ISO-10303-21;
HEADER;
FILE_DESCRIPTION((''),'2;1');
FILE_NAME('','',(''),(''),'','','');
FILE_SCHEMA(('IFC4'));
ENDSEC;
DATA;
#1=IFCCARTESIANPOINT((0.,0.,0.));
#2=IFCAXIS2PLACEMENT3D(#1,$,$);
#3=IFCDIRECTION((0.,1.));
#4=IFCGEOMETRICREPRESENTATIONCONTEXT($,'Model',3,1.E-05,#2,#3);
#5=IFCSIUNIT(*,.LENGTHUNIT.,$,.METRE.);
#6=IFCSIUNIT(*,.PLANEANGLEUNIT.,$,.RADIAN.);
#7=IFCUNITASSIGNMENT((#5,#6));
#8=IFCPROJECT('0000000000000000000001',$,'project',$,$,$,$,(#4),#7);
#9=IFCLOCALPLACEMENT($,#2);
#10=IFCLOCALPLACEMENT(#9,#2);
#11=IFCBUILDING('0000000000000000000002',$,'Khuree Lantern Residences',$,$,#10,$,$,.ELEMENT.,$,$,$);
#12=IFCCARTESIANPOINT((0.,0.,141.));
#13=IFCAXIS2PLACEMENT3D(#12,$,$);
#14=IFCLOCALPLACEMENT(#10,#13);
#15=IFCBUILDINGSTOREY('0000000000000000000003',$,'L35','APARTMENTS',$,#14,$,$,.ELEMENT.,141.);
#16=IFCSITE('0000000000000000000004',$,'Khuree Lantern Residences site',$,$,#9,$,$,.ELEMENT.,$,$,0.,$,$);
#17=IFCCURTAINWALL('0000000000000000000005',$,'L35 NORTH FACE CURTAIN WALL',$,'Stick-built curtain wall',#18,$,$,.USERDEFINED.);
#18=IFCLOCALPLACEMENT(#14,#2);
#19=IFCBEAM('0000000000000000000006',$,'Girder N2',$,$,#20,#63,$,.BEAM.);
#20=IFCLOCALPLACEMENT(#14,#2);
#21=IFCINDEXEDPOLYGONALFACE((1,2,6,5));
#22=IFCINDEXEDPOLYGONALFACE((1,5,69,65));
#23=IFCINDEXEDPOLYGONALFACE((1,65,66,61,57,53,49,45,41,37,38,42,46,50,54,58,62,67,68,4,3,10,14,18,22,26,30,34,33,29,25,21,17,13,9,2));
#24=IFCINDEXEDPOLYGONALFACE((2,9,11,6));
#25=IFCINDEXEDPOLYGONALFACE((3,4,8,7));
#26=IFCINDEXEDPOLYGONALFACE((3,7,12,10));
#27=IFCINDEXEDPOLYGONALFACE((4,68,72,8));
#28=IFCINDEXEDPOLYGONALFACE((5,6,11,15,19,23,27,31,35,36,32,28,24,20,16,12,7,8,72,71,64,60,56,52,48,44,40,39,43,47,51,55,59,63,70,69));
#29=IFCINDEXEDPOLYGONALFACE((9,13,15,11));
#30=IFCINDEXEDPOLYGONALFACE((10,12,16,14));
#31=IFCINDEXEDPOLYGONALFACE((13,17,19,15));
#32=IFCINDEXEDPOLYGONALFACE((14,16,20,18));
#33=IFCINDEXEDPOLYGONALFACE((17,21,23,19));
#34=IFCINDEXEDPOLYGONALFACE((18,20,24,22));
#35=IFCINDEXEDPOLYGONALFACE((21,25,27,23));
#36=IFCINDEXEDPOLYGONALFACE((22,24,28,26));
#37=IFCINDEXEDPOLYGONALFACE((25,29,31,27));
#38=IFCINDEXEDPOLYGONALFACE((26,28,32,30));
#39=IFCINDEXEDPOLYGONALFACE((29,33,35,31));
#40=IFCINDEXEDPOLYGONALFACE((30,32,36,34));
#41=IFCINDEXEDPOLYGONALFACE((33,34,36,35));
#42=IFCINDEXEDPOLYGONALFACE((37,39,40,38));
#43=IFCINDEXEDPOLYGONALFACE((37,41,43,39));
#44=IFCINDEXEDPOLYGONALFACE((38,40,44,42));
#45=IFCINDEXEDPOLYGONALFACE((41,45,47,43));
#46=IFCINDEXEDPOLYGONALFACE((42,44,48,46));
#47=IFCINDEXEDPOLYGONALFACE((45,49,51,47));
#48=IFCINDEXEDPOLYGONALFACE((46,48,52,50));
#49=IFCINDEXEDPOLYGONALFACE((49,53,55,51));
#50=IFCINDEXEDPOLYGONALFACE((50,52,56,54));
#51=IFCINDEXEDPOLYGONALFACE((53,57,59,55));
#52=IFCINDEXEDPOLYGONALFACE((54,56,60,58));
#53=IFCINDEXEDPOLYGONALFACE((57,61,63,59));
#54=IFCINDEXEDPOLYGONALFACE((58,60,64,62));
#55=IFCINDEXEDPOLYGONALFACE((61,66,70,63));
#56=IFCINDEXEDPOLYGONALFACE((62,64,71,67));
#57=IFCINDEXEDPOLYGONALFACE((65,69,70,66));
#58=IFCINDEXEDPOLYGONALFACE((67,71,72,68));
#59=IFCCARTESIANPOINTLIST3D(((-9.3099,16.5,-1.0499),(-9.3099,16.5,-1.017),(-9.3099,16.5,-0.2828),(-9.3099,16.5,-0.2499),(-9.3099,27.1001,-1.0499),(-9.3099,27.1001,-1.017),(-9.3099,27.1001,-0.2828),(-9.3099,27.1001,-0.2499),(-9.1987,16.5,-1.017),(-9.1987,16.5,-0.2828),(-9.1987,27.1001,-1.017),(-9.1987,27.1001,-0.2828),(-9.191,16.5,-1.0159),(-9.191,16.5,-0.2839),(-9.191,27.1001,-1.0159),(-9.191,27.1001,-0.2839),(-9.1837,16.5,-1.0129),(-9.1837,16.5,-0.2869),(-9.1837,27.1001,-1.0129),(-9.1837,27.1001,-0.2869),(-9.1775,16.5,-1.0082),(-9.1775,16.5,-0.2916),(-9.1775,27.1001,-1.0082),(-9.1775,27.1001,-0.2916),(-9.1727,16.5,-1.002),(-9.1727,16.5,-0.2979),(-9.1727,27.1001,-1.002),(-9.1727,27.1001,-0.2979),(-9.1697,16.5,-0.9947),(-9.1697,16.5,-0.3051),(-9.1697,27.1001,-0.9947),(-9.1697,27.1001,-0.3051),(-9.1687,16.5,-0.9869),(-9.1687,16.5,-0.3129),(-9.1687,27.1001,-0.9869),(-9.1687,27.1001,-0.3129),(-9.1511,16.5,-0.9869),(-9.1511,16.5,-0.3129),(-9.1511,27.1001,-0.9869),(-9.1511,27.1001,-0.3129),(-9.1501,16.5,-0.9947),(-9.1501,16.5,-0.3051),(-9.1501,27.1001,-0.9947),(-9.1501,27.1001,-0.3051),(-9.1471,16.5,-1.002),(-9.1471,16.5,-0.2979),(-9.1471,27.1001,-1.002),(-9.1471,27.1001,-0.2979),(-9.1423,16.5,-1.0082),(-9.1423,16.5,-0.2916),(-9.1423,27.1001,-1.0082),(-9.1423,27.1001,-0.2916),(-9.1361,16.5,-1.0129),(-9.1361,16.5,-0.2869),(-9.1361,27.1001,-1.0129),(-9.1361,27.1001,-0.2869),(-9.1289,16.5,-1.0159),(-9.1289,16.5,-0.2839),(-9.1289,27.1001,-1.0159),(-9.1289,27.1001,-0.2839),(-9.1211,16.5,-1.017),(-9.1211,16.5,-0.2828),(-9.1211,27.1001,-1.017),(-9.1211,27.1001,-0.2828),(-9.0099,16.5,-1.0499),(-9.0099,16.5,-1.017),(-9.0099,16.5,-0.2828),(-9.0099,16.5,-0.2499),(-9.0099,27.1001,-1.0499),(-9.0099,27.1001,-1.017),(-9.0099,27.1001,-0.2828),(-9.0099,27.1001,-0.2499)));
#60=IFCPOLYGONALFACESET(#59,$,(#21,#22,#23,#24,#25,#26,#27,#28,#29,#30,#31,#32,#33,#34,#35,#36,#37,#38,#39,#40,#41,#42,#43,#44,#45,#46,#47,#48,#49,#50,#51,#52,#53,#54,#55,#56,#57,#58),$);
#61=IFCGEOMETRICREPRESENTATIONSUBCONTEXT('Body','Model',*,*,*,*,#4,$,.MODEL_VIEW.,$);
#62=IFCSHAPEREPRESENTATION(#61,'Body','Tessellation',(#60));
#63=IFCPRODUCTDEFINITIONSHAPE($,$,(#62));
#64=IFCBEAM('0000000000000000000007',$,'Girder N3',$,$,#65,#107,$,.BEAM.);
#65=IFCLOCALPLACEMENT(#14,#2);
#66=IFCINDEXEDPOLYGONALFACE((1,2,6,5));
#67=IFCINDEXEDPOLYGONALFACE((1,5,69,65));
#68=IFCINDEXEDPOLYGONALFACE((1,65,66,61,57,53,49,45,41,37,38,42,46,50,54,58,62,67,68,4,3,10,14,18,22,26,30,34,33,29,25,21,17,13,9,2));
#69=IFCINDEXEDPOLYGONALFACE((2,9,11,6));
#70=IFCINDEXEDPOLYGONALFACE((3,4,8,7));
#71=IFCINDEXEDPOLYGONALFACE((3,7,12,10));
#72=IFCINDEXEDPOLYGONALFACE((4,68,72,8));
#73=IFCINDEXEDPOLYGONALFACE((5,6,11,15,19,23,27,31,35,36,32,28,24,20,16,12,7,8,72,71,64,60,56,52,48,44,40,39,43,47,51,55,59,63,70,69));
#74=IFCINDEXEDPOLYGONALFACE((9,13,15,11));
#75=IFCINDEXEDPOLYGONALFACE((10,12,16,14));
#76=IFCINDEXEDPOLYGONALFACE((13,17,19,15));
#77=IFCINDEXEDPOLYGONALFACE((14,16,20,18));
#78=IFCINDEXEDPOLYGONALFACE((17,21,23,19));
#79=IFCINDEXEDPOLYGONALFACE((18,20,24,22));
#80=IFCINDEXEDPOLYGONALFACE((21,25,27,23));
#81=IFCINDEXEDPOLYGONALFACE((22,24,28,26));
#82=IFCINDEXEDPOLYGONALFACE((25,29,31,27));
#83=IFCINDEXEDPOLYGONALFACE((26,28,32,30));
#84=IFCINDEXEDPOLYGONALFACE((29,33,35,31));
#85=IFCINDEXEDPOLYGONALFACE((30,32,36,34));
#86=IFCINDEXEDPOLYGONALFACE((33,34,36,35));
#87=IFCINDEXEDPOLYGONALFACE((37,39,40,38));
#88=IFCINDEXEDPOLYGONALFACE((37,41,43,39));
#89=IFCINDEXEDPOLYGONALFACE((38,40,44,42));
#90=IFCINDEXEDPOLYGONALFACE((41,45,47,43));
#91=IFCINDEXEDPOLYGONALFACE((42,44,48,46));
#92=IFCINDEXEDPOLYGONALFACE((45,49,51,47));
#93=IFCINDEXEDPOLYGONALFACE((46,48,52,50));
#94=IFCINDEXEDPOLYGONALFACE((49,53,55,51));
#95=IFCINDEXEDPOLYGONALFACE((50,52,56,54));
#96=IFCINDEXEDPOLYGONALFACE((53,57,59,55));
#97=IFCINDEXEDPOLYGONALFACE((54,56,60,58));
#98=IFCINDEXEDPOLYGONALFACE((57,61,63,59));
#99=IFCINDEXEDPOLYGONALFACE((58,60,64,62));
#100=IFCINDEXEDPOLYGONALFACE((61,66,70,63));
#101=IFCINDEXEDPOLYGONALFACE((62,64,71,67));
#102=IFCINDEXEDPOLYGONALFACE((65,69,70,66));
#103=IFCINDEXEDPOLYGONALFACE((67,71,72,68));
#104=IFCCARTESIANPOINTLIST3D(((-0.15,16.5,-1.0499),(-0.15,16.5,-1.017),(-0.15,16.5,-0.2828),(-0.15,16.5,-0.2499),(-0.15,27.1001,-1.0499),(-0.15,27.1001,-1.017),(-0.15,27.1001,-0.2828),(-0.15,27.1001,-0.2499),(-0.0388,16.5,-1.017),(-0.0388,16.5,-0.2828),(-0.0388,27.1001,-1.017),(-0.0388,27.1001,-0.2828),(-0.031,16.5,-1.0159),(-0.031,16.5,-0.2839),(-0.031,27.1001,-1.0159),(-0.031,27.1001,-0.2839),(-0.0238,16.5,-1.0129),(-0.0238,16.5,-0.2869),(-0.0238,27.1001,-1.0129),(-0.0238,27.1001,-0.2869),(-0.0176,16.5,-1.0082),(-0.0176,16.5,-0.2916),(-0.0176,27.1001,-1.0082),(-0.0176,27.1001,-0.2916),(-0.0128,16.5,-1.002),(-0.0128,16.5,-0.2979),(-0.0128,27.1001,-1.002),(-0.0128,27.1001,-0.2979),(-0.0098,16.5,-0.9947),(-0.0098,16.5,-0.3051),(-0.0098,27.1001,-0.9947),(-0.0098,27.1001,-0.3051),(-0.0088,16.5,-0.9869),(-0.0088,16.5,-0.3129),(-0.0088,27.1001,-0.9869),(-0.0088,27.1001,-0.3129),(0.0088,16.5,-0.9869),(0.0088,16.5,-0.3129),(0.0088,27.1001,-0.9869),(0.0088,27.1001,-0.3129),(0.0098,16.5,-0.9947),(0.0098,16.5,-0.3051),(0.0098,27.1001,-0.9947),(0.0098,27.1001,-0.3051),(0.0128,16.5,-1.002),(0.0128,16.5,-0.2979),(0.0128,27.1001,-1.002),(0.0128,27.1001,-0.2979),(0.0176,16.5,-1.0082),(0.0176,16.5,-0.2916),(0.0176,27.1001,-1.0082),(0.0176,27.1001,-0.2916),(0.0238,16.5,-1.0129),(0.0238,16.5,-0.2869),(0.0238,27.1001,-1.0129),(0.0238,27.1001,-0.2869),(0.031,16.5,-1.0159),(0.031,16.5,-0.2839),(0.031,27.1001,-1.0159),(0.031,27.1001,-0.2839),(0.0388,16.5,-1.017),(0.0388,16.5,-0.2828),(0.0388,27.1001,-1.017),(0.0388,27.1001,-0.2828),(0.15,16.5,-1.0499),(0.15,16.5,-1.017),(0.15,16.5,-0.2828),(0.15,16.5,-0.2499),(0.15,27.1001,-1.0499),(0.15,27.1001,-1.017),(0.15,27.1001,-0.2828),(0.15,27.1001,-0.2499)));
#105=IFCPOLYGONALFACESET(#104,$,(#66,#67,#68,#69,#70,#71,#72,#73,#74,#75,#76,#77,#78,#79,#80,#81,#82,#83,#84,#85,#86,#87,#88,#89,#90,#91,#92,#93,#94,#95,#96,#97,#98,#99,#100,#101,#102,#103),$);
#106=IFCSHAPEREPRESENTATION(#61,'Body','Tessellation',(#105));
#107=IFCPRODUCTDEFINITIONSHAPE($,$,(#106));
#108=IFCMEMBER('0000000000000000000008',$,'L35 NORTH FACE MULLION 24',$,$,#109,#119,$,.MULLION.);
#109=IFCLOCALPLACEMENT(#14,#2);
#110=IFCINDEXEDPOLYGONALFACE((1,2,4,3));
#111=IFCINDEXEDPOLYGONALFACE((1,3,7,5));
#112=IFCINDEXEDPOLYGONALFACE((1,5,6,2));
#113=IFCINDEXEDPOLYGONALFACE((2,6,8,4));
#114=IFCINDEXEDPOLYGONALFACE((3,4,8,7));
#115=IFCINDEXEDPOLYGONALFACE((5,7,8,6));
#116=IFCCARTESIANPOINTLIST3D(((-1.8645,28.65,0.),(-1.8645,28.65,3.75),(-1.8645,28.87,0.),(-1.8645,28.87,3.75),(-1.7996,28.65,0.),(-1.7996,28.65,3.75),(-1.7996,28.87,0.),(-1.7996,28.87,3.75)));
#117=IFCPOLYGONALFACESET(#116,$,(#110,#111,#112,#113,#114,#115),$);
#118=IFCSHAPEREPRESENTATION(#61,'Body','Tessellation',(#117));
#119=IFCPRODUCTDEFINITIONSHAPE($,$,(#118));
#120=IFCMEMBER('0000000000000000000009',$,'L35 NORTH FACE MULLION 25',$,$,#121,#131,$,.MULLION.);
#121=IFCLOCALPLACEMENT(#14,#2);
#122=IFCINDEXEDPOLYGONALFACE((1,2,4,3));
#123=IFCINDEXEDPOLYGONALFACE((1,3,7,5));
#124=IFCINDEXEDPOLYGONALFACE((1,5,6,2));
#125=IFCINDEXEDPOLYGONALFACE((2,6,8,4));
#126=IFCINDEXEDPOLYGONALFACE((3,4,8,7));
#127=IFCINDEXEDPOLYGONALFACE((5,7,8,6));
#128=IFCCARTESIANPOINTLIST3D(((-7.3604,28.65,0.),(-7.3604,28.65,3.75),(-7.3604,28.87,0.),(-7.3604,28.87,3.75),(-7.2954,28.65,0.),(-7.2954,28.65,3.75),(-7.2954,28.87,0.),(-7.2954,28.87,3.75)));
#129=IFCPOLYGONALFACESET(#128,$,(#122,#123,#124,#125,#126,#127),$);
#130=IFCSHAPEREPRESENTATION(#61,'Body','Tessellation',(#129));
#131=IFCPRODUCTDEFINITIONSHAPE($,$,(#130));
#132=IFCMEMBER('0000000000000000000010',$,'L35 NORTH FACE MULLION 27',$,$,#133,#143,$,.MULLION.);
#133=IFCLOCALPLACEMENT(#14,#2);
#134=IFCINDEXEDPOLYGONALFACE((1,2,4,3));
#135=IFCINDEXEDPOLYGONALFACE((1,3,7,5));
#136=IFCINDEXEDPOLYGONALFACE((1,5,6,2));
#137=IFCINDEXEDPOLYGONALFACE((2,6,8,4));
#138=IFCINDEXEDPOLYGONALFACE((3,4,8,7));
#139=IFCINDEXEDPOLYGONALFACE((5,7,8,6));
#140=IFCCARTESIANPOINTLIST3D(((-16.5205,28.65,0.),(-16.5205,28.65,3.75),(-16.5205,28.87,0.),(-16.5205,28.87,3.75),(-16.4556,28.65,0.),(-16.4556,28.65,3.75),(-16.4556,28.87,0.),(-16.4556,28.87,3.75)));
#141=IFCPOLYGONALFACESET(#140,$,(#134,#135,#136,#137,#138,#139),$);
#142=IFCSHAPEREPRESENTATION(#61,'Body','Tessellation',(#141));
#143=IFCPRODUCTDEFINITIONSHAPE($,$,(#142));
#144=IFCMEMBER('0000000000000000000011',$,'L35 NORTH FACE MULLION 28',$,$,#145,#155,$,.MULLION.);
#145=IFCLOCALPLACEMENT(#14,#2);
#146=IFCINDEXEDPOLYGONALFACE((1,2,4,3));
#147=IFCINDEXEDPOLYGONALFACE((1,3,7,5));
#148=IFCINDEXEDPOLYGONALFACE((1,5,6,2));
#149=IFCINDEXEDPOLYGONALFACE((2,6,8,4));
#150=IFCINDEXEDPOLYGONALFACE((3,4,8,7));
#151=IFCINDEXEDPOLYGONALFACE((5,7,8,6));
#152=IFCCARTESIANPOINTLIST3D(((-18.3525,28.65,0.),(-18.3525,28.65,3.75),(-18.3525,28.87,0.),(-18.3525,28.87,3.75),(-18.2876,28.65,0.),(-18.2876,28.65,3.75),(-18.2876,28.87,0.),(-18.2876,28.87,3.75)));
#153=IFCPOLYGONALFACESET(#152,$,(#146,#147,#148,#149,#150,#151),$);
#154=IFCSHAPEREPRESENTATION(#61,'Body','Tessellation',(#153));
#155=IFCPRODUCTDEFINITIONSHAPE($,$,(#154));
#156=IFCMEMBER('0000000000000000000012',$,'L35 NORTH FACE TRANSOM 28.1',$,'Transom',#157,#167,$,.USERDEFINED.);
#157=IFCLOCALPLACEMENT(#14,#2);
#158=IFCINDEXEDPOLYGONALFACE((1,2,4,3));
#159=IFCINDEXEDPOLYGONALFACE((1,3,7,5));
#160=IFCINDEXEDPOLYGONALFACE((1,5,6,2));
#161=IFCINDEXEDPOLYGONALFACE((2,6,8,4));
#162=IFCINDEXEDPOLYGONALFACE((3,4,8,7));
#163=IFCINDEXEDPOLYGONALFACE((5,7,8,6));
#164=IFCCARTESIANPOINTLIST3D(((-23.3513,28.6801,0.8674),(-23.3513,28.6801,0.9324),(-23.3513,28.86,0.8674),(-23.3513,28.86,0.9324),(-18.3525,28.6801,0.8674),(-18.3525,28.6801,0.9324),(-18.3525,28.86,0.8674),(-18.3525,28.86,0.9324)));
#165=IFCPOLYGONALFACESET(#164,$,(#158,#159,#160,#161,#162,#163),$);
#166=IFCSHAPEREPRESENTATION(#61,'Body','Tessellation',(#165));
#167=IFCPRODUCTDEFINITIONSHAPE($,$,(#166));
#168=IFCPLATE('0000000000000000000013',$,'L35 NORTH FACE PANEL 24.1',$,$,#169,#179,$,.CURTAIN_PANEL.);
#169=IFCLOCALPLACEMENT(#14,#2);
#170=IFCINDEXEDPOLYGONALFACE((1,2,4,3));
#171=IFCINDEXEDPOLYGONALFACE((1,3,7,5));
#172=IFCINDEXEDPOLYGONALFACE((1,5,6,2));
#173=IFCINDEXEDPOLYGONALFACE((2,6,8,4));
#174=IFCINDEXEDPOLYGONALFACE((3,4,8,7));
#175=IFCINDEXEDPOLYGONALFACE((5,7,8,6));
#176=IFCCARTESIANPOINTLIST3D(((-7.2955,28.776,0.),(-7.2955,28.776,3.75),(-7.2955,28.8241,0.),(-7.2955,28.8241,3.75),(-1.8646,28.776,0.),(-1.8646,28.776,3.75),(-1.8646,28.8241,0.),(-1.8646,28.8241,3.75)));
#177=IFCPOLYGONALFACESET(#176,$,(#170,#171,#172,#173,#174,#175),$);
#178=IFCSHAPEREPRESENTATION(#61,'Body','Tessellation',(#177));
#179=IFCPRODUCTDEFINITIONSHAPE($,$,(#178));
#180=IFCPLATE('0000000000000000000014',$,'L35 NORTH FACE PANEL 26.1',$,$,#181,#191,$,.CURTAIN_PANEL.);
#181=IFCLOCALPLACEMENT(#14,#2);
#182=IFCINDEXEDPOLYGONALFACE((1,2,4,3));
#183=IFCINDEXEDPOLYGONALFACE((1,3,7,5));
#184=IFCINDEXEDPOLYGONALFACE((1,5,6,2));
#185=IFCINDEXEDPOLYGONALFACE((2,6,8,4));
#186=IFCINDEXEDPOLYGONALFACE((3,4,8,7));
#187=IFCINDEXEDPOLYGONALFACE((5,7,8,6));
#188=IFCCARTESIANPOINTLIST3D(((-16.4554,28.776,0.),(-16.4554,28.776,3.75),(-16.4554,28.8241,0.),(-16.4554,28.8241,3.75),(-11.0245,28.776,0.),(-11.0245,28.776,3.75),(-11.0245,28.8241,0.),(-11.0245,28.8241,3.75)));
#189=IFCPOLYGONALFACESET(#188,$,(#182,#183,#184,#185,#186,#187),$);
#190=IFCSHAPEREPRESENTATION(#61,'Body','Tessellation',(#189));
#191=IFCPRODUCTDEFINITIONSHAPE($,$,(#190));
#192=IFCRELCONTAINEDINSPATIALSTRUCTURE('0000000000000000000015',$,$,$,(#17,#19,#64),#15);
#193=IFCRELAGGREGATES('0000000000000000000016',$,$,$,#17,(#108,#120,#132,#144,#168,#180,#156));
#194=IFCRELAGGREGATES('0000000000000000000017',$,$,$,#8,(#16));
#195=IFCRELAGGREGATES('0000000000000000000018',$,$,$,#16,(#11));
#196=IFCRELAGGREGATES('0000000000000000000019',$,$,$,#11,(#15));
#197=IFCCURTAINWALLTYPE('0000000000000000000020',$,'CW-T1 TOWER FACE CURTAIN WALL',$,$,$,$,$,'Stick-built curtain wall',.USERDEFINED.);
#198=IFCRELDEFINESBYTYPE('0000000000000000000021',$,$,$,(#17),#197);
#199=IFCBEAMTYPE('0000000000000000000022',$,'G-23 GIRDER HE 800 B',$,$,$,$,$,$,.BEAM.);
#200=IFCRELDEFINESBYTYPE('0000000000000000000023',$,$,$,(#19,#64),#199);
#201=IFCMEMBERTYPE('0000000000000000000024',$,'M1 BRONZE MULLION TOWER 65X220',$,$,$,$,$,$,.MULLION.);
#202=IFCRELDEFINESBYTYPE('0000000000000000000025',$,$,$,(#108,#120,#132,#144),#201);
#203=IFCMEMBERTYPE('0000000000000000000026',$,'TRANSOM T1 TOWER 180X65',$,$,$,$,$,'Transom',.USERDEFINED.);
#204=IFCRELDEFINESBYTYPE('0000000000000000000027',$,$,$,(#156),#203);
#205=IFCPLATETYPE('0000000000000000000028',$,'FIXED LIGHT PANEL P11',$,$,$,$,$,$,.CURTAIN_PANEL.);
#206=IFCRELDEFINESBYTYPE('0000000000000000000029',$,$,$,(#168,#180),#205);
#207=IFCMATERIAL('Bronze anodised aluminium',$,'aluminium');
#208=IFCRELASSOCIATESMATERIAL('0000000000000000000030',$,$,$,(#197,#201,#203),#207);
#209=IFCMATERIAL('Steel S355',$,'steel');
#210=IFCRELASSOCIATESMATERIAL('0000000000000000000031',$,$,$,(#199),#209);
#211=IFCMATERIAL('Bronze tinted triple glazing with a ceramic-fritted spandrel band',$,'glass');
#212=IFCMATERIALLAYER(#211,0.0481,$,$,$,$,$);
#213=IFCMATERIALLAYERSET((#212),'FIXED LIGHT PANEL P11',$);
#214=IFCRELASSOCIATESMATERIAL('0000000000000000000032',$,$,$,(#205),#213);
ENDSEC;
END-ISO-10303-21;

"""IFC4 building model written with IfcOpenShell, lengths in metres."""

from ifc_helpers import new_model, si_unit, direction, frame, origin, origin_2d, place, context, subcontext, project, spatial, rectangle, i_section, extrude, material, layer, layer_set, material_profile, profile_set, type_object, element, aggregate, save


model = new_model("IFC4")

# Units and contexts
model_context = context("Model", 3, precision=1e-05, world=origin(), true_north=direction((0.0, 1.0)))
body_context = subcontext(model_context, "Body", "Model", "MODEL_VIEW")
ifc_project = project(units=[si_unit("LENGTHUNIT", "METRE"), si_unit("PLANEANGLEUNIT", "RADIAN")], contexts=[model_context])

# Site, building, storey
site_placement = place(None, origin())
site = spatial("IfcSite", under=ifc_project, at=site_placement, Name="Khuree Lantern Residences site", CompositionType="ELEMENT", RefElevation=0.0)
building_placement = place(site_placement, origin())
building = spatial("IfcBuilding", under=site, at=building_placement, Name="Khuree Lantern Residences", CompositionType="ELEMENT")
storey_placement = place(building_placement, frame((0.0, 0.0, 141.0)))
storey = spatial("IfcBuildingStorey", under=building, at=storey_placement, Name="L35", Description="APARTMENTS", CompositionType="ELEMENT", Elevation=141.0)

# Shared definitions
ifc_material_1 = material(Name="Steel S355", Category="steel")

# Curtain wall
ifc_material_2 = material(Name="Bronze anodised aluminium", Category="aluminium")
curtain_wall_type = type_object("IfcCurtainWallType", Name="CW-T1 TOWER FACE CURTAIN WALL", ElementType="Stick-built curtain wall", PredefinedType="USERDEFINED", material=ifc_material_2)
curtain_wall_placement = place(storey_placement, origin())
curtain_wall = element("IfcCurtainWall", 1, at=curtain_wall_placement, inside=storey, type_object=curtain_wall_type, Name="L35 NORTH FACE CURTAIN WALL", ObjectType="Stick-built curtain wall", PredefinedType="USERDEFINED")

# Beams
ifc_material_profile_1 = material_profile(ifc_material_1, i_section(OverallWidth=0.3, OverallDepth=0.8, WebThickness=0.0176, FlangeThickness=0.033, FilletRadius=0.03, at=origin_2d()), Name="HE 800 B")
ifc_profile_set_1 = profile_set([ifc_material_profile_1], Name="Steel S355")
beam_type_1 = type_object("IfcBeamType", Name="G-23 GIRDER HE 800 B", PredefinedType="BEAM", material=ifc_profile_set_1)
for number, where, z_axis, x_axis, name in (
    (2, (-9.1599, 27.1001, -0.6499), (0.0, -1.0, 0.0), (1.0, 0.0, 0.0), "Girder N2"),
    (3, (0.0, 27.1001, -0.6499), (0.0, -1.0, 0.0), (1.0, 0.0, 0.0), "Girder N3"),
):
    element("IfcBeam", number, at=place(storey_placement, frame(where, z_axis=z_axis, x_axis=x_axis)), inside=storey, type_object=beam_type_1, Name=name, PredefinedType="BEAM", context=body_context, shape_type="SweptSolid", body=[
        extrude(i_section(OverallWidth=0.3, OverallDepth=0.8, WebThickness=0.0176, FlangeThickness=0.033, FilletRadius=0.03, at=origin_2d()), origin(), (0.0, 0.0, 1.0), 10.6001),
    ])

# Members
ifc_material_profile_2 = material_profile(ifc_material_2, rectangle(XDim=0.0649, YDim=0.22, at=origin_2d()), Name="M1 65X220")
ifc_profile_set_2 = profile_set([ifc_material_profile_2], Name="Bronze anodised aluminium")
member_type_1 = type_object("IfcMemberType", Name="M1 BRONZE MULLION TOWER 65X220", PredefinedType="MULLION", material=ifc_profile_set_2)
member_1_placement = place(storey_placement, frame((-1.832, 28.76, 0.0), z_axis=(0.0, 0.0, 1.0), x_axis=(-1.0, 0.0, 0.0)))
member_1 = element("IfcMember", 4, at=member_1_placement, type_object=member_type_1, Name="L35 NORTH FACE MULLION 24", PredefinedType="MULLION", context=body_context, shape_type="SweptSolid", body=[
    extrude(rectangle(XDim=0.0649, YDim=0.22, at=origin_2d()), origin(), (0.0, 0.0, 1.0), 3.75),
])
member_2_placement = place(storey_placement, frame((-7.3279, 28.76, 0.0), z_axis=(0.0, 0.0, 1.0), x_axis=(-1.0, 0.0, 0.0)))
member_2 = element("IfcMember", 5, at=member_2_placement, type_object=member_type_1, Name="L35 NORTH FACE MULLION 25", PredefinedType="MULLION", context=body_context, shape_type="SweptSolid", body=[
    extrude(rectangle(XDim=0.0649, YDim=0.22, at=origin_2d()), origin(), (0.0, 0.0, 1.0), 3.75),
])
member_3_placement = place(storey_placement, frame((-16.488, 28.76, 0.0), z_axis=(0.0, 0.0, 1.0), x_axis=(-1.0, 0.0, 0.0)))
member_3 = element("IfcMember", 6, at=member_3_placement, type_object=member_type_1, Name="L35 NORTH FACE MULLION 27", PredefinedType="MULLION", context=body_context, shape_type="SweptSolid", body=[
    extrude(rectangle(XDim=0.0649, YDim=0.22, at=origin_2d()), origin(), (0.0, 0.0, 1.0), 3.75),
])
member_4_placement = place(storey_placement, frame((-18.3201, 28.76, 0.0), z_axis=(0.0, 0.0, 1.0), x_axis=(-1.0, 0.0, 0.0)))
member_4 = element("IfcMember", 7, at=member_4_placement, type_object=member_type_1, Name="L35 NORTH FACE MULLION 28", PredefinedType="MULLION", context=body_context, shape_type="SweptSolid", body=[
    extrude(rectangle(XDim=0.0649, YDim=0.22, at=origin_2d()), origin(), (0.0, 0.0, 1.0), 3.75),
])
ifc_material_profile_3 = material_profile(ifc_material_2, rectangle(XDim=0.1799, YDim=0.0649, at=origin_2d()), Name="T1 180X65")
ifc_profile_set_3 = profile_set([ifc_material_profile_3], Name="Bronze anodised aluminium")
member_type_2 = type_object("IfcMemberType", Name="TRANSOM T1 TOWER 180X65", ElementType="Transom", PredefinedType="USERDEFINED", material=ifc_profile_set_3)
member_5_placement = place(storey_placement, frame((-18.3525, 28.77, 0.8999), z_axis=(-1.0, 0.0, 0.0), x_axis=(0.0, -1.0, 0.0)))
member_5 = element("IfcMember", 8, at=member_5_placement, type_object=member_type_2, Name="L35 NORTH FACE TRANSOM 28.1", ObjectType="Transom", PredefinedType="USERDEFINED", context=body_context, shape_type="SweptSolid", body=[
    extrude(rectangle(XDim=0.1799, YDim=0.0649, at=origin_2d()), origin(), (0.0, 0.0, 1.0), 4.9988),
])

# Plates
ifc_material_3 = material(Name="Bronze tinted triple glazing with a ceramic-fritted spandrel band", Category="glass")
ifc_layer_1 = layer(ifc_material_3, 0.0481)
ifc_layer_set_1 = layer_set([ifc_layer_1], Name="FIXED LIGHT PANEL P11")
plate_type_1 = type_object("IfcPlateType", Name="FIXED LIGHT PANEL P11", PredefinedType="CURTAIN_PANEL", material=ifc_layer_set_1)
plate_1_placement = place(storey_placement, frame((-4.5801, 28.8, 0.0), z_axis=(0.0, 0.0, 1.0), x_axis=(-1.0, 0.0, 0.0)))
plate_1 = element("IfcPlate", 9, at=plate_1_placement, type_object=plate_type_1, Name="L35 NORTH FACE PANEL 24.1", PredefinedType="CURTAIN_PANEL", context=body_context, shape_type="SweptSolid", body=[
    extrude(rectangle(XDim=5.4309, YDim=0.0481, at=origin_2d()), origin(), (0.0, 0.0, 1.0), 3.75),
])
plate_2_placement = place(storey_placement, frame((-13.74, 28.8, 0.0), z_axis=(0.0, 0.0, 1.0), x_axis=(-1.0, 0.0, 0.0)))
plate_2 = element("IfcPlate", 10, at=plate_2_placement, type_object=plate_type_1, Name="L35 NORTH FACE PANEL 26.1", PredefinedType="CURTAIN_PANEL", context=body_context, shape_type="SweptSolid", body=[
    extrude(rectangle(XDim=5.4309, YDim=0.0481, at=origin_2d()), origin(), (0.0, 0.0, 1.0), 3.75),
])
aggregate(curtain_wall, [member_1, member_2, member_3, member_4, plate_1, plate_2, member_5])

save(model, "model.ifc")
